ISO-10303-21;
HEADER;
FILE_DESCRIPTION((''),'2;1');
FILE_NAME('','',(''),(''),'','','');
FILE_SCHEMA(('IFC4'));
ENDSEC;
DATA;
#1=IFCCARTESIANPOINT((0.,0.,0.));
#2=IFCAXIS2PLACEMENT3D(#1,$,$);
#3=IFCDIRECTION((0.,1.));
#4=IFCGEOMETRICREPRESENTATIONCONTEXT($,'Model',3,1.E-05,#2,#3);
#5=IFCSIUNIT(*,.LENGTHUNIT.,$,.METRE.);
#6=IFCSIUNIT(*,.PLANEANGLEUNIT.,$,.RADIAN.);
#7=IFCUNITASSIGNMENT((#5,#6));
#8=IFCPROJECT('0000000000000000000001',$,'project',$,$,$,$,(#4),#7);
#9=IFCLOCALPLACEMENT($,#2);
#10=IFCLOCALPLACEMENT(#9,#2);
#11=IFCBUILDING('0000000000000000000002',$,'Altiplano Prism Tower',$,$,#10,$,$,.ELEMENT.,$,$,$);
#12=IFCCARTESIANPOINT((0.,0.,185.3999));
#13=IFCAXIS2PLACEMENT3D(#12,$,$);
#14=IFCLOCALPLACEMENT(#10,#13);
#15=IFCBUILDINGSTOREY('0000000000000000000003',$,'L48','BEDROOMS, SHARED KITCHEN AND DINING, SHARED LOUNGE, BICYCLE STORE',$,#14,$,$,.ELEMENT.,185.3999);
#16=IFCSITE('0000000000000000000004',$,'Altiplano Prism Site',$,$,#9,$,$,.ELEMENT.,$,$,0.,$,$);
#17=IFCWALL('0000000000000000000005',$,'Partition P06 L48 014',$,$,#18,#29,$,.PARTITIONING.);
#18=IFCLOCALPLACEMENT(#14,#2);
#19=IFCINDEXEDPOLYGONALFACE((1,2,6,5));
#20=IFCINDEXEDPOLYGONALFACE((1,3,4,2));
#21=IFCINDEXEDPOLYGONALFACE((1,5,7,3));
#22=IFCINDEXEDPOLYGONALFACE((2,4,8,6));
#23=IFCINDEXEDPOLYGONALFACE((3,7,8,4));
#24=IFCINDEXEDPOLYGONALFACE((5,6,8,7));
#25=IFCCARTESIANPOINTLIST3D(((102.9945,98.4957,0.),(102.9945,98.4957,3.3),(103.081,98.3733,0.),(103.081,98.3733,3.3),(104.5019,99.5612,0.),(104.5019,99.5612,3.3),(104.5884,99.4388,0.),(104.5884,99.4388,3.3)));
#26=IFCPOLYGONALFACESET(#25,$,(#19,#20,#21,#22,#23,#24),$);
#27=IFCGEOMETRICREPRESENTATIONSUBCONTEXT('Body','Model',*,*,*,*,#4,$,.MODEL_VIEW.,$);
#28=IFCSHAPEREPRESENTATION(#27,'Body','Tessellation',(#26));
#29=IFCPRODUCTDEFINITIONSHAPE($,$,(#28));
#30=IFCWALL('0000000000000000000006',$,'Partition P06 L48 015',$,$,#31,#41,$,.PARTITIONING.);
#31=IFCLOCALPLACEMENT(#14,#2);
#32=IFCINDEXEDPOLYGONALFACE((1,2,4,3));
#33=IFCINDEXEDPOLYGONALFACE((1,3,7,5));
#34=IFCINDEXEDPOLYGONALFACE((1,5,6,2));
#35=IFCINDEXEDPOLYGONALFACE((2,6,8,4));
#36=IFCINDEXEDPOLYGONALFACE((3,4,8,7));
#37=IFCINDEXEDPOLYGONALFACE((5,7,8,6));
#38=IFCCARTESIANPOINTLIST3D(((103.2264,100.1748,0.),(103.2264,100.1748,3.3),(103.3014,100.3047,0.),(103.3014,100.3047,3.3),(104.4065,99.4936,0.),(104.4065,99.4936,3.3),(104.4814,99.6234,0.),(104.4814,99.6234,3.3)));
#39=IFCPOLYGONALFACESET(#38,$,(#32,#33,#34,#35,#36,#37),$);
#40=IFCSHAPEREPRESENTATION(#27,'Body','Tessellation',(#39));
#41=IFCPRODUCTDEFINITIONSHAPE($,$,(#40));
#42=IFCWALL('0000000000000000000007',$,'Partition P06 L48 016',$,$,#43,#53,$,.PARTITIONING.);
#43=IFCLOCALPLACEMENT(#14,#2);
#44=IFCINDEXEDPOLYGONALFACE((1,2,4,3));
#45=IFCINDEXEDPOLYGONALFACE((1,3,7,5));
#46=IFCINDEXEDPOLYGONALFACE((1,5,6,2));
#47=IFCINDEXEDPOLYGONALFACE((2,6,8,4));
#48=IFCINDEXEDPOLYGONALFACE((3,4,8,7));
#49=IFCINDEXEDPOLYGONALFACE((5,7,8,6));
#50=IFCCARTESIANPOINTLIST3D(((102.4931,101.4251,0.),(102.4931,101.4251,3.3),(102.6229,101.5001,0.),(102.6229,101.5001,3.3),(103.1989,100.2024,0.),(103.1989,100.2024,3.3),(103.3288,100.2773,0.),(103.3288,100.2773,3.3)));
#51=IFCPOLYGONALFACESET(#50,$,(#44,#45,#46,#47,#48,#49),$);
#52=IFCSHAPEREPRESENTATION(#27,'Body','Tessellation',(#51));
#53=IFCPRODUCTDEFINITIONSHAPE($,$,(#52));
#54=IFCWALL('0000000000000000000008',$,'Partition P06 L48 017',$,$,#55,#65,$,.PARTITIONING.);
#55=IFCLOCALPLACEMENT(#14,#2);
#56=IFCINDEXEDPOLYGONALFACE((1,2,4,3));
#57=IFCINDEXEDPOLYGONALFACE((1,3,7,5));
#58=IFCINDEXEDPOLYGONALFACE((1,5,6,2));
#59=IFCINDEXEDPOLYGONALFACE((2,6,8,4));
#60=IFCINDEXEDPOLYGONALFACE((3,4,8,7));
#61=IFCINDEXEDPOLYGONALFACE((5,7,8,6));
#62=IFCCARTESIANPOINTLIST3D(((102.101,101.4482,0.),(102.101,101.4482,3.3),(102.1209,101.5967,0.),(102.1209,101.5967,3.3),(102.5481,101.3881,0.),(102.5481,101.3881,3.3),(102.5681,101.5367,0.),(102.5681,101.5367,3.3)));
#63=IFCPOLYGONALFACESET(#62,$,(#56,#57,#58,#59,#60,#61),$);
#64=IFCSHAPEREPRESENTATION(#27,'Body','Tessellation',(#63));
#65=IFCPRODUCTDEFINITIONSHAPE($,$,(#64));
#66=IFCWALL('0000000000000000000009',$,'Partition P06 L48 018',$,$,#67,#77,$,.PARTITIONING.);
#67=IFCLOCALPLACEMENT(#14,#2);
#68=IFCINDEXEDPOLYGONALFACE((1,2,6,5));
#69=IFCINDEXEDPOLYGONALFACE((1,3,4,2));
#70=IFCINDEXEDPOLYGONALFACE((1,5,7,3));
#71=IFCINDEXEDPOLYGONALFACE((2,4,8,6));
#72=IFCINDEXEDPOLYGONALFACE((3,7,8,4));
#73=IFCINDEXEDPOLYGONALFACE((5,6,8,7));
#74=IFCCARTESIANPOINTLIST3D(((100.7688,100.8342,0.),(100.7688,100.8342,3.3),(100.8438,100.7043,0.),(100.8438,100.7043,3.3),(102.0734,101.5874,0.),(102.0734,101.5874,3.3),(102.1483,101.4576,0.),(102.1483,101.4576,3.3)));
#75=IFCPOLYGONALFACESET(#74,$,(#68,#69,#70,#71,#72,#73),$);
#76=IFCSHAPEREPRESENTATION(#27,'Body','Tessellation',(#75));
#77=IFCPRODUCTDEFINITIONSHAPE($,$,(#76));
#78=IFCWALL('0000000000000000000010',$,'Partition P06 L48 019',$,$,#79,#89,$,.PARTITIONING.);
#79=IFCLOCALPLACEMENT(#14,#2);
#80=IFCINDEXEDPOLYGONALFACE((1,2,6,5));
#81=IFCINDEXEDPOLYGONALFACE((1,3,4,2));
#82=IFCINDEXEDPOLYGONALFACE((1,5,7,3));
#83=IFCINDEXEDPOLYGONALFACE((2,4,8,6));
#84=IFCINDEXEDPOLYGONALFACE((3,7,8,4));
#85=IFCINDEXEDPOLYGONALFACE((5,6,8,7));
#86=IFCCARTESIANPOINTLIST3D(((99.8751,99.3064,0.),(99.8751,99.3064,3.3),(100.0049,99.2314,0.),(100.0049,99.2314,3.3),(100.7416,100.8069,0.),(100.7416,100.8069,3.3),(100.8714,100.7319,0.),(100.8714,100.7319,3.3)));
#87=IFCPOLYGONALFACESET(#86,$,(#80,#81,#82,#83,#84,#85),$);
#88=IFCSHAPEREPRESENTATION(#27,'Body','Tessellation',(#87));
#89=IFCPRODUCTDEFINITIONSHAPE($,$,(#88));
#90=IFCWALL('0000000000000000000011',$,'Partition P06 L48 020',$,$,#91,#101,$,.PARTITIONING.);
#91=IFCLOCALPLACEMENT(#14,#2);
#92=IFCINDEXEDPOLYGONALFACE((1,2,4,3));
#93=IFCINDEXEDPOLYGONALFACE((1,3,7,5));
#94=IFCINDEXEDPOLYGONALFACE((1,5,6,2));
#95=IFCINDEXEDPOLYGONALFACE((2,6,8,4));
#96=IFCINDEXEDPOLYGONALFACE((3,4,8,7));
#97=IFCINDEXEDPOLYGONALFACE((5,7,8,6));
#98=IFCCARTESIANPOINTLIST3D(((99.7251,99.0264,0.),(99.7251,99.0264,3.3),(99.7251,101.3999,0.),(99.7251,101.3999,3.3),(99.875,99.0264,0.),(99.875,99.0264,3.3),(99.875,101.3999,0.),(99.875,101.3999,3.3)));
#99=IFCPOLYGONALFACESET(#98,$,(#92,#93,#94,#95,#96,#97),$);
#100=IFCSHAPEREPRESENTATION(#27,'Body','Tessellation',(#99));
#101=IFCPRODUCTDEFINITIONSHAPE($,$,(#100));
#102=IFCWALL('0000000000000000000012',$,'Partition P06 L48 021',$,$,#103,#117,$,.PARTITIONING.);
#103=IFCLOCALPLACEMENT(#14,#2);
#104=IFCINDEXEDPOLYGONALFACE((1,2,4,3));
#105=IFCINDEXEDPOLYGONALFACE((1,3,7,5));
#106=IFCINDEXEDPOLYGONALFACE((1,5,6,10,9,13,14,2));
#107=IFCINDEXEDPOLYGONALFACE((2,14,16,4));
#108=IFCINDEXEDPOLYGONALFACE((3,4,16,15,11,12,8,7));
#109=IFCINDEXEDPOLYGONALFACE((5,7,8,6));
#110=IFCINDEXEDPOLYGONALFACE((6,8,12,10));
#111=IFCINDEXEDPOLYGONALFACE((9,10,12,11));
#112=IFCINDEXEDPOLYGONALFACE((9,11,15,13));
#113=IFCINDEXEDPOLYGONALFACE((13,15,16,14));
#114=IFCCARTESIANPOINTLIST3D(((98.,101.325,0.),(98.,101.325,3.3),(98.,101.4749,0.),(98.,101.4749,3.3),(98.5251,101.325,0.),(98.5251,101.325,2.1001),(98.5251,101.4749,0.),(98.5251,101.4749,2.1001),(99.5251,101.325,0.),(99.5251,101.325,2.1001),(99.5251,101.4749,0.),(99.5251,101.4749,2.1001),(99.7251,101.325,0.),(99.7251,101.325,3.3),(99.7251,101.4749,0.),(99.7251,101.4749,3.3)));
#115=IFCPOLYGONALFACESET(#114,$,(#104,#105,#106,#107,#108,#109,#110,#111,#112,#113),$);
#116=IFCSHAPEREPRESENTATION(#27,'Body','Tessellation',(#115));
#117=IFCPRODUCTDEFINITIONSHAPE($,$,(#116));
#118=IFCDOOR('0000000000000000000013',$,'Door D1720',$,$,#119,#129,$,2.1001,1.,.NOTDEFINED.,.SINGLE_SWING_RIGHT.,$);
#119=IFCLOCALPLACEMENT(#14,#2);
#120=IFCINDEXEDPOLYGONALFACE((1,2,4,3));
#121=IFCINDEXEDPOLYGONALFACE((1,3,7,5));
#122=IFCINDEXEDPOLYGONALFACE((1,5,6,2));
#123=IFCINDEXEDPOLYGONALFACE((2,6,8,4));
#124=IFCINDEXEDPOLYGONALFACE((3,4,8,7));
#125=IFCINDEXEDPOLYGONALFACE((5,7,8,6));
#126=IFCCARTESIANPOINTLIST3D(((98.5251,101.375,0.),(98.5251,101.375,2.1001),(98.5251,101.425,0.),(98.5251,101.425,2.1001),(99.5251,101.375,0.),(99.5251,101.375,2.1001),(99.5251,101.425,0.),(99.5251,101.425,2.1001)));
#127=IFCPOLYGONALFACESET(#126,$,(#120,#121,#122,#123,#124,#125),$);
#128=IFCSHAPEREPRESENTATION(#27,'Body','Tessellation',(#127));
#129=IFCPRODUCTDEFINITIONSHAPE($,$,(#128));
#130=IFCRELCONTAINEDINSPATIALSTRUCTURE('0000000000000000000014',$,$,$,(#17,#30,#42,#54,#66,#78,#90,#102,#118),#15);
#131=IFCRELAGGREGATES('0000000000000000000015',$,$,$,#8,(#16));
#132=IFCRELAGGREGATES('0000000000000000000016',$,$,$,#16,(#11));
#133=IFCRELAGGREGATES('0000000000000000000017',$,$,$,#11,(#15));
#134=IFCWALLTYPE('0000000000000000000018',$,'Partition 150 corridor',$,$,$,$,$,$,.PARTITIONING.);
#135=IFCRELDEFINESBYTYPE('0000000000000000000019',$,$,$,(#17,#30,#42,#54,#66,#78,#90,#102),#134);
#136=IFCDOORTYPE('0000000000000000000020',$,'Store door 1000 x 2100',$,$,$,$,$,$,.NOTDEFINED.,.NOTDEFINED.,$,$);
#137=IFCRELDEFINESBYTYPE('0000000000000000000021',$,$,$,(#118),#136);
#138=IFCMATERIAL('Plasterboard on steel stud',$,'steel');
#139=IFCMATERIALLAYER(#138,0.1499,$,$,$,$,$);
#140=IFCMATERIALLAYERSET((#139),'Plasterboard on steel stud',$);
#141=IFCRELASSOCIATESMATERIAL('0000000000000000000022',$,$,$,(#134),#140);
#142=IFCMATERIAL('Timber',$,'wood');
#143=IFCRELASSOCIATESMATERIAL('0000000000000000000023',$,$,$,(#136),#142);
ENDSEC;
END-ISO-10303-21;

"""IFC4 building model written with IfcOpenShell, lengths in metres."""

from ifc_helpers import new_model, si_unit, direction, frame, frame_2d, origin, place, context, subcontext, project, spatial, rectangle, extrude, material, layer, layer_set, type_object, element, fill, save


model = new_model("IFC4")

# Units and contexts
model_context = context("Model", 3, precision=1e-05, world=origin(), true_north=direction((0.0, 1.0)))
body_context = subcontext(model_context, "Body", "Model", "MODEL_VIEW")
ifc_project = project(units=[si_unit("LENGTHUNIT", "METRE"), si_unit("PLANEANGLEUNIT", "RADIAN")], contexts=[model_context])

# Site, building, storey
site_placement = place(None, origin())
site = spatial("IfcSite", under=ifc_project, at=site_placement, Name="Altiplano Prism Site", CompositionType="ELEMENT", RefElevation=0.0)
building_placement = place(site_placement, origin())
building = spatial("IfcBuilding", under=site, at=building_placement, Name="Altiplano Prism Tower", CompositionType="ELEMENT")
storey_placement = place(building_placement, frame((0.0, 0.0, 185.3999)))
storey = spatial("IfcBuildingStorey", under=building, at=storey_placement, Name="L48", Description="BEDROOMS, SHARED KITCHEN AND DINING, SHARED LOUNGE, BICYCLE STORE", CompositionType="ELEMENT", Elevation=185.3999)

# Walls
ifc_material_1 = material(Name="Plasterboard on steel stud", Category="steel")
ifc_layer_1 = layer(ifc_material_1, 0.1499)
ifc_layer_set_1 = layer_set([ifc_layer_1], Name="Plasterboard on steel stud")
wall_type_1 = type_object("IfcWallType", Name="Partition 150 corridor", PredefinedType="PARTITIONING", material=ifc_layer_set_1)
wall_1_placement = place(storey_placement, frame((103.0378, 98.4346, 0.0), z_axis=(0.0, 0.0, 1.0), x_axis=(0.816601, 0.577202, 0.0)))
element("IfcWall", 1, at=wall_1_placement, inside=storey, type_object=wall_type_1, Name="Partition P06 L48 014", PredefinedType="PARTITIONING", context=body_context, shape_type="SweptSolid", body=[
    extrude(rectangle(XDim=1.8459, YDim=0.1499, at=frame_2d((0.9229, 0.0))), origin(), (0.0, 0.0, 1.0), 3.3),
])
wall_2_placement = place(storey_placement, frame((104.4438, 99.5586, 0.0), z_axis=(0.0, 0.0, 1.0), x_axis=(-0.866051, 0.499955, 0.0)))
element("IfcWall", 2, at=wall_2_placement, inside=storey, type_object=wall_type_1, Name="Partition P06 L48 015", PredefinedType="PARTITIONING", context=body_context, shape_type="SweptSolid", body=[
    extrude(rectangle(XDim=1.3625, YDim=0.1499, at=frame_2d((0.6812, 0.0))), origin(), (0.0, 0.0, 1.0), 3.3),
])
wall_3_placement = place(storey_placement, frame((103.2639, 100.2397, 0.0), z_axis=(0.0, 0.0, 1.0), x_axis=(-0.499952, 0.866053, 0.0)))
element("IfcWall", 3, at=wall_3_placement, inside=storey, type_object=wall_type_1, Name="Partition P06 L48 016", PredefinedType="PARTITIONING", context=body_context, shape_type="SweptSolid", body=[
    extrude(rectangle(XDim=1.4119, YDim=0.1499, at=frame_2d((0.7061, 0.0))), origin(), (0.0, 0.0, 1.0), 3.3),
])
wall_4_placement = place(storey_placement, frame((102.5581, 101.4624, 0.0), z_axis=(0.0, 0.0, 1.0), x_axis=(-0.991105, 0.133085, 0.0)))
element("IfcWall", 4, at=wall_4_placement, inside=storey, type_object=wall_type_1, Name="Partition P06 L48 017", PredefinedType="PARTITIONING", context=body_context, shape_type="SweptSolid", body=[
    extrude(rectangle(XDim=0.4512, YDim=0.1499, at=frame_2d((0.2256, 0.0))), origin(), (0.0, 0.0, 1.0), 3.3),
])
wall_5_placement = place(storey_placement, frame((102.1108, 101.5225, 0.0), z_axis=(0.0, 0.0, 1.0), x_axis=(-0.86601, -0.500026, 0.0)))
element("IfcWall", 5, at=wall_5_placement, inside=storey, type_object=wall_type_1, Name="Partition P06 L48 018", PredefinedType="PARTITIONING", context=body_context, shape_type="SweptSolid", body=[
    extrude(rectangle(XDim=1.5063, YDim=0.1499, at=frame_2d((0.7532, 0.0))), origin(), (0.0, 0.0, 1.0), 3.3),
])
wall_6_placement = place(storey_placement, frame((100.8064, 100.7693, 0.0), z_axis=(0.0, 0.0, 1.0), x_axis=(-0.500064, -0.865988, 0.0)))
element("IfcWall", 6, at=wall_6_placement, inside=storey, type_object=wall_type_1, Name="Partition P06 L48 019", PredefinedType="PARTITIONING", context=body_context, shape_type="SweptSolid", body=[
    extrude(rectangle(XDim=1.7327, YDim=0.1499, at=frame_2d((0.8662, 0.0))), origin(), (0.0, 0.0, 1.0), 3.3),
])
wall_7_placement = place(storey_placement, frame((99.8, 99.0264, 0.0), z_axis=(0.0, 0.0, 1.0), x_axis=(0.0, 1.0, 0.0)))
element("IfcWall", 7, at=wall_7_placement, inside=storey, type_object=wall_type_1, Name="Partition P06 L48 020", PredefinedType="PARTITIONING", context=body_context, shape_type="SweptSolid", body=[
    extrude(rectangle(XDim=2.3735, YDim=0.1499, at=frame_2d((1.1868, 0.0))), origin(), (0.0, 0.0, 1.0), 3.3),
])

# Wall, opening, door
wall_8_placement = place(storey_placement, frame((99.7251, 101.3999, 0.0), z_axis=(0.0, 0.0, 1.0), x_axis=(-1.0, 0.0, 0.0)))
wall_8 = element("IfcWall", 8, at=wall_8_placement, inside=storey, type_object=wall_type_1, Name="Partition P06 L48 021", PredefinedType="PARTITIONING", context=body_context, shape_type="SweptSolid", body=[
    extrude(rectangle(XDim=1.7251, YDim=0.1499, at=frame_2d((0.8625, 0.0))), origin(), (0.0, 0.0, 1.0), 3.3),
])
opening_placement = place(wall_8_placement, frame((0.2, 0.0, 0.0)))
opening = element("IfcOpeningElement", 9, at=opening_placement, cuts=wall_8, PredefinedType="OPENING", context=body_context, shape_type="SweptSolid", body=[
    extrude(rectangle(XDim=1.0, YDim=2.1001, at=frame_2d((0.5, 1.05))), frame((0.0, 0.0854, 0.0), z_axis=(0.0, -1.0, 0.0), x_axis=(1.0, 0.0, 0.0)), (0.0, 0.0, 1.0), 0.1709),
])
ifc_material_2 = material(Name="Timber", Category="wood")
door_type = type_object("IfcDoorType", Name="Store door 1000 x 2100", OperationType="NOTDEFINED", PredefinedType="NOTDEFINED", material=ifc_material_2)
door_placement = place(opening_placement, origin())
door = element("IfcDoor", 10, at=door_placement, inside=storey, type_object=door_type, Name="Door D1720", OperationType="SINGLE_SWING_RIGHT", OverallHeight=2.1001, OverallWidth=1.0, PredefinedType="NOTDEFINED", context=body_context, shape_type="SweptSolid", body=[
    extrude(rectangle(XDim=1.0, YDim=2.1001, at=frame_2d((0.5, 1.05))), frame((0.0, 0.0249, 0.0), z_axis=(0.0, -1.0, 0.0), x_axis=(1.0, 0.0, 0.0)), (0.0, 0.0, 1.0), 0.05),
])
fill(opening, door)

save(model, "model.ifc")
